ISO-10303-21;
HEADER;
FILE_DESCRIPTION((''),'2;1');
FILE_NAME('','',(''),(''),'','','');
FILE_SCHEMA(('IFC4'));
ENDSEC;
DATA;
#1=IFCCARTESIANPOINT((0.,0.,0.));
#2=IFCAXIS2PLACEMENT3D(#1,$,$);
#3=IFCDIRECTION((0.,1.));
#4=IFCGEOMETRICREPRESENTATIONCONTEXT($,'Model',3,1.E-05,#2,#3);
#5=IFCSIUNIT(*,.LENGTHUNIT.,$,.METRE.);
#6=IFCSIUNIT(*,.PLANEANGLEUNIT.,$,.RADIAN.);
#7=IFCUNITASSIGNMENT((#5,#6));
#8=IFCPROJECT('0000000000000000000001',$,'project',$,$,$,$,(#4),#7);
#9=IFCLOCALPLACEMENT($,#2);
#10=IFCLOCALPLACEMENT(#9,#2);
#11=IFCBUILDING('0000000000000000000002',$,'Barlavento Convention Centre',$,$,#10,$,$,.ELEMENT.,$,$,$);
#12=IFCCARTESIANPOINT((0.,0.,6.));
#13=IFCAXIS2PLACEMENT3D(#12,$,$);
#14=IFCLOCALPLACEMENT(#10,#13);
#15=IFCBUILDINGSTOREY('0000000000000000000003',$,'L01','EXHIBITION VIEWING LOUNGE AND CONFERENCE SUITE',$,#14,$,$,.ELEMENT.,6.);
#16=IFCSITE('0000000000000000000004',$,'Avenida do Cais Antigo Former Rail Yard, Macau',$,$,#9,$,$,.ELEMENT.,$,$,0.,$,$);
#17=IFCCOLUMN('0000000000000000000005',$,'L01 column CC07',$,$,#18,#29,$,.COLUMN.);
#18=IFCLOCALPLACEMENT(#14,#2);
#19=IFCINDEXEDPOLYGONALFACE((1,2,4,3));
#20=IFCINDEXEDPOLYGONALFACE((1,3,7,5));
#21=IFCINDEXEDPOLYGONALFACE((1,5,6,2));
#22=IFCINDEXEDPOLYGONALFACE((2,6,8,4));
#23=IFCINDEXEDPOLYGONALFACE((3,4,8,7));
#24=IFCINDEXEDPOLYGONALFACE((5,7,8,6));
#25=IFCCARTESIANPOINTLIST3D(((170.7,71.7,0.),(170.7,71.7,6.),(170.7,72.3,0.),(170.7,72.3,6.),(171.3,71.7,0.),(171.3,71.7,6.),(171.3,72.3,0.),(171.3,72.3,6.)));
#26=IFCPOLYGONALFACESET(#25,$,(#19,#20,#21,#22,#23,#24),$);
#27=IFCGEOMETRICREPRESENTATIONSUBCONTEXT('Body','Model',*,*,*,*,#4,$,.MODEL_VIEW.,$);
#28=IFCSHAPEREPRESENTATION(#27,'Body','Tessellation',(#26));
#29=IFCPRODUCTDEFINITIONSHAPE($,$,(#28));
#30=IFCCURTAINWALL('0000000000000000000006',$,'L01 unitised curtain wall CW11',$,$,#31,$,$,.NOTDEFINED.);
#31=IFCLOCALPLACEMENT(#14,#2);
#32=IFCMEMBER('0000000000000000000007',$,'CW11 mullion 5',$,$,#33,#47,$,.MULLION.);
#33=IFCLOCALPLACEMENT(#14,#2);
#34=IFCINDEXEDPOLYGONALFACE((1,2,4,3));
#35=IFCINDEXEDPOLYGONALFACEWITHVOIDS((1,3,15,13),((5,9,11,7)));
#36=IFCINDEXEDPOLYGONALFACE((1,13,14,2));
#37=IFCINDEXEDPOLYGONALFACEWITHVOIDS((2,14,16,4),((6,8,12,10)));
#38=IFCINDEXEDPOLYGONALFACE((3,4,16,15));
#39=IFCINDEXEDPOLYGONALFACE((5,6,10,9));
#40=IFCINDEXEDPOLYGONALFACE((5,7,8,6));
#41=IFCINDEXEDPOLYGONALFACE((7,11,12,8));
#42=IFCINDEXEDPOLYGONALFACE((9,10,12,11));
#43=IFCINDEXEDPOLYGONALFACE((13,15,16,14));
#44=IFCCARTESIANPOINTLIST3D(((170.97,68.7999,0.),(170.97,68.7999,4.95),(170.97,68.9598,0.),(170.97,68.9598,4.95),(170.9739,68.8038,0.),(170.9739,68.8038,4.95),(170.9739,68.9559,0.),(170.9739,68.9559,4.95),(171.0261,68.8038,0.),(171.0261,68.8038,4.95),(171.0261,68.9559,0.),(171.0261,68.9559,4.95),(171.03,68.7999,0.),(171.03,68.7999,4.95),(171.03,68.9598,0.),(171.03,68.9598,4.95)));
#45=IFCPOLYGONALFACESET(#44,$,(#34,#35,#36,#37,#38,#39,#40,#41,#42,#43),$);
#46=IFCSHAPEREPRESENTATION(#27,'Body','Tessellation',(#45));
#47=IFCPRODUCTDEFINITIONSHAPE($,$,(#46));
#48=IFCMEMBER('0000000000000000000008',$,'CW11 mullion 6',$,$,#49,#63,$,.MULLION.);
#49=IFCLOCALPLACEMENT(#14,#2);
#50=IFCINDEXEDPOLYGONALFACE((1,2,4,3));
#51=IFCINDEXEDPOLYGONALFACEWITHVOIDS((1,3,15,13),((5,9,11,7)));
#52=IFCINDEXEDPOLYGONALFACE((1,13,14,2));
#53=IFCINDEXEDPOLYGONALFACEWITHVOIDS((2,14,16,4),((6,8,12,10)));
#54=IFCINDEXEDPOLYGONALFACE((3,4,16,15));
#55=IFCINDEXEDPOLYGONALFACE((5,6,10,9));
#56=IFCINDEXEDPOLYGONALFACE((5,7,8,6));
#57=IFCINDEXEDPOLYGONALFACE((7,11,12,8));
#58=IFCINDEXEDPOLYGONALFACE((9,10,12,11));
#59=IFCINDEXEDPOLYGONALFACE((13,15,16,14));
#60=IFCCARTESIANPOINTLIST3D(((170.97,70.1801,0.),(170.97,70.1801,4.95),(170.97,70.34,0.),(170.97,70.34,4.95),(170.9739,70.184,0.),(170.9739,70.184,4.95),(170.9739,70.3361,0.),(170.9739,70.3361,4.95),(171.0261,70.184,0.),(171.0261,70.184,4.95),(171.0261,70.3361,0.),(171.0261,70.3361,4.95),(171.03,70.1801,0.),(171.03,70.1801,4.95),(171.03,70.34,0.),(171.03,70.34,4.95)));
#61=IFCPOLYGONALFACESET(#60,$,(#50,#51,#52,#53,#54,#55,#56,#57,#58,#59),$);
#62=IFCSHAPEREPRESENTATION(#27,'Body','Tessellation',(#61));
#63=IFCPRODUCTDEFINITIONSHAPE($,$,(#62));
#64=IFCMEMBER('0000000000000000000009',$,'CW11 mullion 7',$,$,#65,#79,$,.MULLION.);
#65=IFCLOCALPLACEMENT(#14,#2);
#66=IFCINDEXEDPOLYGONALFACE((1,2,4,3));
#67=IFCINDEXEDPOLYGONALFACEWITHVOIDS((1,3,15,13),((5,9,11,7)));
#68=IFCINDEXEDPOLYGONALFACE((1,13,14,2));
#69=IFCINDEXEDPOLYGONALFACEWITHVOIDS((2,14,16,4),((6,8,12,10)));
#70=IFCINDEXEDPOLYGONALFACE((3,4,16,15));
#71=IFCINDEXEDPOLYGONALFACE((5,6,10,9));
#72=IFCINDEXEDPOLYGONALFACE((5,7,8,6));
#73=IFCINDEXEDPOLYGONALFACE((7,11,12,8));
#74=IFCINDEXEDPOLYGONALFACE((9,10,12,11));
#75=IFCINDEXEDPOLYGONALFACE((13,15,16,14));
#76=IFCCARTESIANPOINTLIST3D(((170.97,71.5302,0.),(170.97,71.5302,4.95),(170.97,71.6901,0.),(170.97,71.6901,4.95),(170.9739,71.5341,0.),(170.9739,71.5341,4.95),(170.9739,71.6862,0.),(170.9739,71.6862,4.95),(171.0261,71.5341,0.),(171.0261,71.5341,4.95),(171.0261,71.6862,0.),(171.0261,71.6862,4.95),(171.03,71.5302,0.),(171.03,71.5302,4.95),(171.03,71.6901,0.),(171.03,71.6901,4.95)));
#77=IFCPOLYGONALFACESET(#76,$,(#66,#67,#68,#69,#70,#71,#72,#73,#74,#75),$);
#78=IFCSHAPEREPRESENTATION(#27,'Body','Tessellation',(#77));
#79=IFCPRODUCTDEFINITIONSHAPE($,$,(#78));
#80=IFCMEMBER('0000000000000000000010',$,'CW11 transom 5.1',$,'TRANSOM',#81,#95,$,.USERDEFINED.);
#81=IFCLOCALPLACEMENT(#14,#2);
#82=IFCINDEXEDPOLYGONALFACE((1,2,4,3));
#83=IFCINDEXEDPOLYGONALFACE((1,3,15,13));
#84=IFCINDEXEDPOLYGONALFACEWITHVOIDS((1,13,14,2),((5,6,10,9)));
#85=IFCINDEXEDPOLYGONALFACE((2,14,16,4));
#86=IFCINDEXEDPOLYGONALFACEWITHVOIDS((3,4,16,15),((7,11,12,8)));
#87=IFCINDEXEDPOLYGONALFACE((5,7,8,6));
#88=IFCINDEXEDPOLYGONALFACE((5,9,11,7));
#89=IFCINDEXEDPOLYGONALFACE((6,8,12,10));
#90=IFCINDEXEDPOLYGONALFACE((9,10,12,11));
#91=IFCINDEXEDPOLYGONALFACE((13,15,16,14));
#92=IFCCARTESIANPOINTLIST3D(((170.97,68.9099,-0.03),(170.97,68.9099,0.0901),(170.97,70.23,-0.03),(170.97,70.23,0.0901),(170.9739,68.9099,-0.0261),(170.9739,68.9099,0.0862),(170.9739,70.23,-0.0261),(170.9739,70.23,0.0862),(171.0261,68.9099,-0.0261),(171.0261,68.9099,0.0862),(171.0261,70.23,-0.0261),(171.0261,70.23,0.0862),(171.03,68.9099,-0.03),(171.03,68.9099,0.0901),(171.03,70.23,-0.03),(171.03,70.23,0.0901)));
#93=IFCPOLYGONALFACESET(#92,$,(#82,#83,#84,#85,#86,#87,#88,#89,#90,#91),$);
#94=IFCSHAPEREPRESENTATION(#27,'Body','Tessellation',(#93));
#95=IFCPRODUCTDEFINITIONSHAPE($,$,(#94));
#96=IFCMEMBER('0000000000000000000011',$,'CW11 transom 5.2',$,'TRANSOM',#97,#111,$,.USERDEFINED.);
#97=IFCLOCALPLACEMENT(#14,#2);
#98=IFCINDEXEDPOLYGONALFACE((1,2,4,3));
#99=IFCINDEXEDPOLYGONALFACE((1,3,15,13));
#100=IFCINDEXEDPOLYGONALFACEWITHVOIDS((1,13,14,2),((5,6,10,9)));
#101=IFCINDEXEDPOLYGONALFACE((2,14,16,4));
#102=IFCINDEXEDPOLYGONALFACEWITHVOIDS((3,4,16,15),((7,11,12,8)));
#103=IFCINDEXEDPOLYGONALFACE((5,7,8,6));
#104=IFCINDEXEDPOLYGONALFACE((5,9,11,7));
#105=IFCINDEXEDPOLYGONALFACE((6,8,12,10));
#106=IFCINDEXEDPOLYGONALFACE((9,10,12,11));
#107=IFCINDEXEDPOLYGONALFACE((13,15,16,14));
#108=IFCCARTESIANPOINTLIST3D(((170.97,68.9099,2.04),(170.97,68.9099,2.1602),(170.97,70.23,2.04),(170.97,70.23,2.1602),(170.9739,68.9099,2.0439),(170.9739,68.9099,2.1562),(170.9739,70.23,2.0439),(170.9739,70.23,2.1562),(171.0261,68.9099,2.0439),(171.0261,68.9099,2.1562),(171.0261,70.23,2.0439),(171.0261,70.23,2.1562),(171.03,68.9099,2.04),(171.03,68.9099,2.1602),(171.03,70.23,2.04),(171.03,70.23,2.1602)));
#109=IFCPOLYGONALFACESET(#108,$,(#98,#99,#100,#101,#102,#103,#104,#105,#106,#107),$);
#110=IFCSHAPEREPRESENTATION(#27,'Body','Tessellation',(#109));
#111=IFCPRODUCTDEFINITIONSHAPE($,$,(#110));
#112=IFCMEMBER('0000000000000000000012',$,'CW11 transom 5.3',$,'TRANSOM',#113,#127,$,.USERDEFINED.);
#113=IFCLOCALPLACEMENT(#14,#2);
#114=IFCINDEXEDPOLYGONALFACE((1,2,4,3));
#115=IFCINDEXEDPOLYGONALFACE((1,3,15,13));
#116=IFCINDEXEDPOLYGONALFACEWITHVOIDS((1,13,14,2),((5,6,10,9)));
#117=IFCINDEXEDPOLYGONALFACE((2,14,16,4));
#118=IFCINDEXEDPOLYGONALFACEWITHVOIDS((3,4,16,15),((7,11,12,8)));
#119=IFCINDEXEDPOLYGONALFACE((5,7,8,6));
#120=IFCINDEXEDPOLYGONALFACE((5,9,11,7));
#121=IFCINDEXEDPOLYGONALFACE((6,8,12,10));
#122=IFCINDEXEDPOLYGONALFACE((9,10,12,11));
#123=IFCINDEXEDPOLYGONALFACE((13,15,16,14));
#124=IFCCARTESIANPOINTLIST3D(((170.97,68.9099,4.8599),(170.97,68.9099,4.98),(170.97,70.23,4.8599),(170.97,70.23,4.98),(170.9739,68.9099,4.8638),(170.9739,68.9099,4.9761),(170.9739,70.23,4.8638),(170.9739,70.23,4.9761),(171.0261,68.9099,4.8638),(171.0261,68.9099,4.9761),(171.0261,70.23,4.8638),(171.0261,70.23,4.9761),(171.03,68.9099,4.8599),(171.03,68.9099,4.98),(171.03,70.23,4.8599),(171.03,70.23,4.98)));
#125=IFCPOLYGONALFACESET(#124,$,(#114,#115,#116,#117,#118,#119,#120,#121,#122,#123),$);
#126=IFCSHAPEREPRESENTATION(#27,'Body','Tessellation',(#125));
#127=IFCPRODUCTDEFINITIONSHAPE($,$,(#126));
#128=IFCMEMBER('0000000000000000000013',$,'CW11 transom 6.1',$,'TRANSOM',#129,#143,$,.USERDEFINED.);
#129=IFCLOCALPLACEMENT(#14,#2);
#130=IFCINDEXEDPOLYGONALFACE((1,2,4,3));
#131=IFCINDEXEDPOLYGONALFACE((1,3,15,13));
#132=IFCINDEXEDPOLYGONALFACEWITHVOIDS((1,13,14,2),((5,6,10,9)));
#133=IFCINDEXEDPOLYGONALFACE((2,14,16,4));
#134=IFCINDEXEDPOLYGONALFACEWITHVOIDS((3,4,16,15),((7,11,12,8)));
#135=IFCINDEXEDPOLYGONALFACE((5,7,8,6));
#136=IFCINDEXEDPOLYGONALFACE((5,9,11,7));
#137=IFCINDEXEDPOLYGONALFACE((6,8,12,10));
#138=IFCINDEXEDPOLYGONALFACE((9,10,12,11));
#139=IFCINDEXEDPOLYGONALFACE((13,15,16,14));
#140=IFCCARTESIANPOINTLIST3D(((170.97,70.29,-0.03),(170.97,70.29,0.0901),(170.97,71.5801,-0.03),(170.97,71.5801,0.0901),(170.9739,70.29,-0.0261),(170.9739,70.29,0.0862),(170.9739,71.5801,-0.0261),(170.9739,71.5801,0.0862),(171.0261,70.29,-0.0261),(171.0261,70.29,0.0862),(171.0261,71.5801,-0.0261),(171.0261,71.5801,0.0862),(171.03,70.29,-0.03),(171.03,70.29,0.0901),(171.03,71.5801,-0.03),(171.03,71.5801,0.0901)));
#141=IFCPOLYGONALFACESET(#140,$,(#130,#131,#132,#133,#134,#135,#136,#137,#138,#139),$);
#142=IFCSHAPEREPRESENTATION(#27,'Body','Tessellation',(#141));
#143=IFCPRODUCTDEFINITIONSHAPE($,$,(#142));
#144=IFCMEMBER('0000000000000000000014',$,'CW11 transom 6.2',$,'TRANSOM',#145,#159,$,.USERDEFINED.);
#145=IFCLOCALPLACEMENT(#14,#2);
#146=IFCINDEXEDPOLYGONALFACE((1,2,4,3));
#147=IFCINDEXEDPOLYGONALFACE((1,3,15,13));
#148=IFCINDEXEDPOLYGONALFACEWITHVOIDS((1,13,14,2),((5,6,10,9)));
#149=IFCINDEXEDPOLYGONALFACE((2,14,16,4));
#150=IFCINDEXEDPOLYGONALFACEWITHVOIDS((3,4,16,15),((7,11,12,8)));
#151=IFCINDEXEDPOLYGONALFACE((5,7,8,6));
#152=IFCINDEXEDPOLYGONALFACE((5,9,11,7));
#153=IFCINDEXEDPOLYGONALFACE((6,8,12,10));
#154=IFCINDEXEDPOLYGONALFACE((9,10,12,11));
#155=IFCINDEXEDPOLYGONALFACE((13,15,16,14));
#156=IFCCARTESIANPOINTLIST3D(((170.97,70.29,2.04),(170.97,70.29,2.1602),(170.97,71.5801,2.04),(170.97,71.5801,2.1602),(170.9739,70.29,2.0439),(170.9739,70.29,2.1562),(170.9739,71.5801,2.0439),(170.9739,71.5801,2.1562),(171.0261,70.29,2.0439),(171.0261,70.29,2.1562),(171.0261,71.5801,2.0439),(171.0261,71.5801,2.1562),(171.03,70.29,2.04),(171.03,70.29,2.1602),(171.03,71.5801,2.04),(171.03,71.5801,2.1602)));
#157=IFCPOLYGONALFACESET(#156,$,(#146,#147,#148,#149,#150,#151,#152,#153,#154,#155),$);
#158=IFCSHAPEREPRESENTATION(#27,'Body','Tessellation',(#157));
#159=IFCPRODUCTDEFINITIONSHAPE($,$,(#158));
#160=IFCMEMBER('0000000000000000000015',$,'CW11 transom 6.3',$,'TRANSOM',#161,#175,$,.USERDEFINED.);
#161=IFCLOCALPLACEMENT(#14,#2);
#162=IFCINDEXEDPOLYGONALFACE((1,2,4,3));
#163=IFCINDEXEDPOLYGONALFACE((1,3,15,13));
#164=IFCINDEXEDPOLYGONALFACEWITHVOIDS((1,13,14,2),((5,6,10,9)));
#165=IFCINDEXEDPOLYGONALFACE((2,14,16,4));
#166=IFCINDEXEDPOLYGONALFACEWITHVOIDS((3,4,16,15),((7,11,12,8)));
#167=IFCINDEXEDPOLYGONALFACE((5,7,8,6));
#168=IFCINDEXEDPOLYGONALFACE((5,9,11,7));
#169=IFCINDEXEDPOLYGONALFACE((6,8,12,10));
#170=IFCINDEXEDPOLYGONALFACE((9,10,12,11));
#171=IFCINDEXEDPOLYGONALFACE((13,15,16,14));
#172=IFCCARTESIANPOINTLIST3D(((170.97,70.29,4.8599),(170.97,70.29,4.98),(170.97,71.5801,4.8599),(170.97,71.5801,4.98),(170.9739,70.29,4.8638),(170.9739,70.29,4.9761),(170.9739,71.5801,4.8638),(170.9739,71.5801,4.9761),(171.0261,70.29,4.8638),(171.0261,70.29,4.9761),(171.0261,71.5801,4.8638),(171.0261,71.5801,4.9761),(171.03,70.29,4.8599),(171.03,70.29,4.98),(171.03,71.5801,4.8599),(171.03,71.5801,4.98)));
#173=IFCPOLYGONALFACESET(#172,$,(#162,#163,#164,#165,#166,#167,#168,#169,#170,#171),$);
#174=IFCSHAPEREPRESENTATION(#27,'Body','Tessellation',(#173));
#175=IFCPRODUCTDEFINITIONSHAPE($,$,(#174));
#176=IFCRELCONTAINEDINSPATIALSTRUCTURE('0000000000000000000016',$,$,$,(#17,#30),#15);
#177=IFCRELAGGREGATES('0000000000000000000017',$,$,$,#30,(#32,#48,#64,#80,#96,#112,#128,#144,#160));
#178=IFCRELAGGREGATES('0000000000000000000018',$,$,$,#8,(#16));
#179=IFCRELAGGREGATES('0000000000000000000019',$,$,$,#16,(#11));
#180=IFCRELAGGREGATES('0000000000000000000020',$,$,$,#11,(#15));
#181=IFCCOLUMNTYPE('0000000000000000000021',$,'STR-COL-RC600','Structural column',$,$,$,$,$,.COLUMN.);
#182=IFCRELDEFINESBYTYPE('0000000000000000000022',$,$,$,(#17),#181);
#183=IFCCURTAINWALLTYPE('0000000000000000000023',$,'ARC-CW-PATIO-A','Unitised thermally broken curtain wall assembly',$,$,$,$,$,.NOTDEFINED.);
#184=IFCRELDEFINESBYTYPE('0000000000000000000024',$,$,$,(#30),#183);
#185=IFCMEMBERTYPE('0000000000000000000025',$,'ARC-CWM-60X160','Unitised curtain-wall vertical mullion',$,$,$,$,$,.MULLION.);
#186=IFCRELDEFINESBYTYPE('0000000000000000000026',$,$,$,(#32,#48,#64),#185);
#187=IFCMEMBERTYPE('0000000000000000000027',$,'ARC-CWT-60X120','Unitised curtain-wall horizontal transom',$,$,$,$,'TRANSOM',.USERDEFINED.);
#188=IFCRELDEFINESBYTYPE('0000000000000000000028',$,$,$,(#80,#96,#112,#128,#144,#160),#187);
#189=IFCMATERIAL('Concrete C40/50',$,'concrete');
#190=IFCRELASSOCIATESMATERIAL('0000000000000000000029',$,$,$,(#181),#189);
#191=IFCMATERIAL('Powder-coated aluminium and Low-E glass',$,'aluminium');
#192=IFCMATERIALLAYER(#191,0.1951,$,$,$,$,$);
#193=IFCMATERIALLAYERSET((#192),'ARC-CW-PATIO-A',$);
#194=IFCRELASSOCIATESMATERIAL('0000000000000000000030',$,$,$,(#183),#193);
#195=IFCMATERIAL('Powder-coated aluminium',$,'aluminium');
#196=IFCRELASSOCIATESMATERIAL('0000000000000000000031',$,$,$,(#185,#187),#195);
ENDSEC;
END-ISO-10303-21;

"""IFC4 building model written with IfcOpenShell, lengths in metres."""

from ifc_helpers import new_model, si_unit, direction, frame, origin, origin_2d, place, context, subcontext, project, spatial, rectangle, hollow_rectangle, extrude, material, layer, layer_set, material_profile, profile_set, type_object, element, aggregate, save


model = new_model("IFC4")

# Units and contexts
model_context = context("Model", 3, precision=1e-05, world=origin(), true_north=direction((0.0, 1.0)))
body_context = subcontext(model_context, "Body", "Model", "MODEL_VIEW")
ifc_project = project(units=[si_unit("LENGTHUNIT", "METRE"), si_unit("PLANEANGLEUNIT", "RADIAN")], contexts=[model_context])

# Site, building, storey
site_placement = place(None, origin())
site = spatial("IfcSite", under=ifc_project, at=site_placement, Name="Avenida do Cais Antigo Former Rail Yard, Macau", CompositionType="ELEMENT", RefElevation=0.0)
building_placement = place(site_placement, origin())
building = spatial("IfcBuilding", under=site, at=building_placement, Name="Barlavento Convention Centre", CompositionType="ELEMENT")
storey_placement = place(building_placement, frame((0.0, 0.0, 6.0)))
storey = spatial("IfcBuildingStorey", under=building, at=storey_placement, Name="L01", Description="EXHIBITION VIEWING LOUNGE AND CONFERENCE SUITE", CompositionType="ELEMENT", Elevation=6.0)

# Column
ifc_material_1 = material(Name="Concrete C40/50", Category="concrete")
ifc_material_profile_1 = material_profile(ifc_material_1, rectangle(XDim=0.6001, YDim=0.6001, at=origin_2d()), Name="RC 600x600")
ifc_profile_set_1 = profile_set([ifc_material_profile_1], Name="Concrete C40/50")
column_type = type_object("IfcColumnType", Name="STR-COL-RC600", Description="Structural column", PredefinedType="COLUMN", material=ifc_profile_set_1)
column_placement = place(storey_placement, frame((171.0, 72.0, 0.0), z_axis=(0.0, 0.0, 1.0), x_axis=(1.0, 0.0, 0.0)))
element("IfcColumn", 1, at=column_placement, inside=storey, type_object=column_type, Name="L01 column CC07", PredefinedType="COLUMN", context=body_context, shape_type="SweptSolid", body=[
    extrude(rectangle(XDim=0.6001, YDim=0.6001, at=origin_2d()), origin(), (0.0, 0.0, 1.0), 6.0),
])

# Curtain wall, members
ifc_material_2 = material(Name="Powder-coated aluminium and Low-E glass", Category="aluminium")
ifc_layer_1 = layer(ifc_material_2, 0.1951)
ifc_layer_set_1 = layer_set([ifc_layer_1], Name="ARC-CW-PATIO-A")
curtain_wall_type = type_object("IfcCurtainWallType", Name="ARC-CW-PATIO-A", Description="Unitised thermally broken curtain wall assembly", PredefinedType="NOTDEFINED", material=ifc_layer_set_1)
curtain_wall_placement = place(storey_placement, origin())
curtain_wall = element("IfcCurtainWall", 2, at=curtain_wall_placement, inside=storey, type_object=curtain_wall_type, Name="L01 unitised curtain wall CW11", PredefinedType="NOTDEFINED")
ifc_material_3 = material(Name="Powder-coated aluminium", Category="aluminium")
ifc_material_profile_2 = material_profile(ifc_material_3, hollow_rectangle(XDim=0.0601, YDim=0.1599, WallThickness=0.0039, at=origin_2d()), Name="AL-MULL 60x160x4")
ifc_profile_set_2 = profile_set([ifc_material_profile_2], Name="Powder-coated aluminium")
member_type_1 = type_object("IfcMemberType", Name="ARC-CWM-60X160", Description="Unitised curtain-wall vertical mullion", PredefinedType="MULLION", material=ifc_profile_set_2)
member_1_placement = place(storey_placement, frame((171.0, 68.8799, 0.0), z_axis=(0.0, 0.0, 1.0), x_axis=(-1.0, 0.0, 0.0)))
member_1 = element("IfcMember", 3, at=member_1_placement, type_object=member_type_1, Name="CW11 mullion 5", PredefinedType="MULLION", context=body_context, shape_type="SweptSolid", body=[
    extrude(hollow_rectangle(XDim=0.0601, YDim=0.1599, WallThickness=0.0039, at=origin_2d()), origin(), (0.0, 0.0, 1.0), 4.95),
])
member_2_placement = place(storey_placement, frame((171.0, 70.26, 0.0), z_axis=(0.0, 0.0, 1.0), x_axis=(-1.0, 0.0, 0.0)))
member_2 = element("IfcMember", 4, at=member_2_placement, type_object=member_type_1, Name="CW11 mullion 6", PredefinedType="MULLION", context=body_context, shape_type="SweptSolid", body=[
    extrude(hollow_rectangle(XDim=0.0601, YDim=0.1599, WallThickness=0.0039, at=origin_2d()), origin(), (0.0, 0.0, 1.0), 4.95),
])
member_3_placement = place(storey_placement, frame((171.0, 71.6101, 0.0), z_axis=(0.0, 0.0, 1.0), x_axis=(-1.0, 0.0, 0.0)))
member_3 = element("IfcMember", 5, at=member_3_placement, type_object=member_type_1, Name="CW11 mullion 7", PredefinedType="MULLION", context=body_context, shape_type="SweptSolid", body=[
    extrude(hollow_rectangle(XDim=0.0601, YDim=0.1599, WallThickness=0.0039, at=origin_2d()), origin(), (0.0, 0.0, 1.0), 4.95),
])
ifc_material_profile_3 = material_profile(ifc_material_3, hollow_rectangle(XDim=0.0601, YDim=0.1201, WallThickness=0.0039, at=origin_2d()), Name="AL-TRAN 60x120x4")
ifc_profile_set_3 = profile_set([ifc_material_profile_3], Name="Powder-coated aluminium")
member_type_2 = type_object("IfcMemberType", Name="ARC-CWT-60X120", Description="Unitised curtain-wall horizontal transom", ElementType="TRANSOM", PredefinedType="USERDEFINED", material=ifc_profile_set_3)
member_4_placement = place(storey_placement, frame((171.0, 68.9099, 0.03), z_axis=(0.0, 1.0, 0.0), x_axis=(-1.0, 0.0, 0.0)))
member_4 = element("IfcMember", 6, at=member_4_placement, type_object=member_type_2, Name="CW11 transom 5.1", ObjectType="TRANSOM", PredefinedType="USERDEFINED", context=body_context, shape_type="SweptSolid", body=[
    extrude(hollow_rectangle(XDim=0.0601, YDim=0.1201, WallThickness=0.0039, at=origin_2d()), origin(), (0.0, 0.0, 1.0), 1.3201),
])
member_5_placement = place(storey_placement, frame((171.0, 68.9099, 2.1001), z_axis=(0.0, 1.0, 0.0), x_axis=(-1.0, 0.0, 0.0)))
member_5 = element("IfcMember", 7, at=member_5_placement, type_object=member_type_2, Name="CW11 transom 5.2", ObjectType="TRANSOM", PredefinedType="USERDEFINED", context=body_context, shape_type="SweptSolid", body=[
    extrude(hollow_rectangle(XDim=0.0601, YDim=0.1201, WallThickness=0.0039, at=origin_2d()), origin(), (0.0, 0.0, 1.0), 1.3201),
])
member_6_placement = place(storey_placement, frame((171.0, 68.9099, 4.9199), z_axis=(0.0, 1.0, 0.0), x_axis=(-1.0, 0.0, 0.0)))
member_6 = element("IfcMember", 8, at=member_6_placement, type_object=member_type_2, Name="CW11 transom 5.3", ObjectType="TRANSOM", PredefinedType="USERDEFINED", context=body_context, shape_type="SweptSolid", body=[
    extrude(hollow_rectangle(XDim=0.0601, YDim=0.1201, WallThickness=0.0039, at=origin_2d()), origin(), (0.0, 0.0, 1.0), 1.3201),
])
member_7_placement = place(storey_placement, frame((171.0, 70.29, 0.03), z_axis=(0.0, 1.0, 0.0), x_axis=(-1.0, 0.0, 0.0)))
member_7 = element("IfcMember", 9, at=member_7_placement, type_object=member_type_2, Name="CW11 transom 6.1", ObjectType="TRANSOM", PredefinedType="USERDEFINED", context=body_context, shape_type="SweptSolid", body=[
    extrude(hollow_rectangle(XDim=0.0601, YDim=0.1201, WallThickness=0.0039, at=origin_2d()), origin(), (0.0, 0.0, 1.0), 1.29),
])
member_8_placement = place(storey_placement, frame((171.0, 70.29, 2.1001), z_axis=(0.0, 1.0, 0.0), x_axis=(-1.0, 0.0, 0.0)))
member_8 = element("IfcMember", 10, at=member_8_placement, type_object=member_type_2, Name="CW11 transom 6.2", ObjectType="TRANSOM", PredefinedType="USERDEFINED", context=body_context, shape_type="SweptSolid", body=[
    extrude(hollow_rectangle(XDim=0.0601, YDim=0.1201, WallThickness=0.0039, at=origin_2d()), origin(), (0.0, 0.0, 1.0), 1.29),
])
member_9_placement = place(storey_placement, frame((171.0, 70.29, 4.9199), z_axis=(0.0, 1.0, 0.0), x_axis=(-1.0, 0.0, 0.0)))
member_9 = element("IfcMember", 11, at=member_9_placement, type_object=member_type_2, Name="CW11 transom 6.3", ObjectType="TRANSOM", PredefinedType="USERDEFINED", context=body_context, shape_type="SweptSolid", body=[
    extrude(hollow_rectangle(XDim=0.0601, YDim=0.1201, WallThickness=0.0039, at=origin_2d()), origin(), (0.0, 0.0, 1.0), 1.29),
])

aggregate(curtain_wall, [member_1, member_2, member_3, member_4, member_5, member_6, member_7, member_8, member_9])

save(model, "model.ifc")
